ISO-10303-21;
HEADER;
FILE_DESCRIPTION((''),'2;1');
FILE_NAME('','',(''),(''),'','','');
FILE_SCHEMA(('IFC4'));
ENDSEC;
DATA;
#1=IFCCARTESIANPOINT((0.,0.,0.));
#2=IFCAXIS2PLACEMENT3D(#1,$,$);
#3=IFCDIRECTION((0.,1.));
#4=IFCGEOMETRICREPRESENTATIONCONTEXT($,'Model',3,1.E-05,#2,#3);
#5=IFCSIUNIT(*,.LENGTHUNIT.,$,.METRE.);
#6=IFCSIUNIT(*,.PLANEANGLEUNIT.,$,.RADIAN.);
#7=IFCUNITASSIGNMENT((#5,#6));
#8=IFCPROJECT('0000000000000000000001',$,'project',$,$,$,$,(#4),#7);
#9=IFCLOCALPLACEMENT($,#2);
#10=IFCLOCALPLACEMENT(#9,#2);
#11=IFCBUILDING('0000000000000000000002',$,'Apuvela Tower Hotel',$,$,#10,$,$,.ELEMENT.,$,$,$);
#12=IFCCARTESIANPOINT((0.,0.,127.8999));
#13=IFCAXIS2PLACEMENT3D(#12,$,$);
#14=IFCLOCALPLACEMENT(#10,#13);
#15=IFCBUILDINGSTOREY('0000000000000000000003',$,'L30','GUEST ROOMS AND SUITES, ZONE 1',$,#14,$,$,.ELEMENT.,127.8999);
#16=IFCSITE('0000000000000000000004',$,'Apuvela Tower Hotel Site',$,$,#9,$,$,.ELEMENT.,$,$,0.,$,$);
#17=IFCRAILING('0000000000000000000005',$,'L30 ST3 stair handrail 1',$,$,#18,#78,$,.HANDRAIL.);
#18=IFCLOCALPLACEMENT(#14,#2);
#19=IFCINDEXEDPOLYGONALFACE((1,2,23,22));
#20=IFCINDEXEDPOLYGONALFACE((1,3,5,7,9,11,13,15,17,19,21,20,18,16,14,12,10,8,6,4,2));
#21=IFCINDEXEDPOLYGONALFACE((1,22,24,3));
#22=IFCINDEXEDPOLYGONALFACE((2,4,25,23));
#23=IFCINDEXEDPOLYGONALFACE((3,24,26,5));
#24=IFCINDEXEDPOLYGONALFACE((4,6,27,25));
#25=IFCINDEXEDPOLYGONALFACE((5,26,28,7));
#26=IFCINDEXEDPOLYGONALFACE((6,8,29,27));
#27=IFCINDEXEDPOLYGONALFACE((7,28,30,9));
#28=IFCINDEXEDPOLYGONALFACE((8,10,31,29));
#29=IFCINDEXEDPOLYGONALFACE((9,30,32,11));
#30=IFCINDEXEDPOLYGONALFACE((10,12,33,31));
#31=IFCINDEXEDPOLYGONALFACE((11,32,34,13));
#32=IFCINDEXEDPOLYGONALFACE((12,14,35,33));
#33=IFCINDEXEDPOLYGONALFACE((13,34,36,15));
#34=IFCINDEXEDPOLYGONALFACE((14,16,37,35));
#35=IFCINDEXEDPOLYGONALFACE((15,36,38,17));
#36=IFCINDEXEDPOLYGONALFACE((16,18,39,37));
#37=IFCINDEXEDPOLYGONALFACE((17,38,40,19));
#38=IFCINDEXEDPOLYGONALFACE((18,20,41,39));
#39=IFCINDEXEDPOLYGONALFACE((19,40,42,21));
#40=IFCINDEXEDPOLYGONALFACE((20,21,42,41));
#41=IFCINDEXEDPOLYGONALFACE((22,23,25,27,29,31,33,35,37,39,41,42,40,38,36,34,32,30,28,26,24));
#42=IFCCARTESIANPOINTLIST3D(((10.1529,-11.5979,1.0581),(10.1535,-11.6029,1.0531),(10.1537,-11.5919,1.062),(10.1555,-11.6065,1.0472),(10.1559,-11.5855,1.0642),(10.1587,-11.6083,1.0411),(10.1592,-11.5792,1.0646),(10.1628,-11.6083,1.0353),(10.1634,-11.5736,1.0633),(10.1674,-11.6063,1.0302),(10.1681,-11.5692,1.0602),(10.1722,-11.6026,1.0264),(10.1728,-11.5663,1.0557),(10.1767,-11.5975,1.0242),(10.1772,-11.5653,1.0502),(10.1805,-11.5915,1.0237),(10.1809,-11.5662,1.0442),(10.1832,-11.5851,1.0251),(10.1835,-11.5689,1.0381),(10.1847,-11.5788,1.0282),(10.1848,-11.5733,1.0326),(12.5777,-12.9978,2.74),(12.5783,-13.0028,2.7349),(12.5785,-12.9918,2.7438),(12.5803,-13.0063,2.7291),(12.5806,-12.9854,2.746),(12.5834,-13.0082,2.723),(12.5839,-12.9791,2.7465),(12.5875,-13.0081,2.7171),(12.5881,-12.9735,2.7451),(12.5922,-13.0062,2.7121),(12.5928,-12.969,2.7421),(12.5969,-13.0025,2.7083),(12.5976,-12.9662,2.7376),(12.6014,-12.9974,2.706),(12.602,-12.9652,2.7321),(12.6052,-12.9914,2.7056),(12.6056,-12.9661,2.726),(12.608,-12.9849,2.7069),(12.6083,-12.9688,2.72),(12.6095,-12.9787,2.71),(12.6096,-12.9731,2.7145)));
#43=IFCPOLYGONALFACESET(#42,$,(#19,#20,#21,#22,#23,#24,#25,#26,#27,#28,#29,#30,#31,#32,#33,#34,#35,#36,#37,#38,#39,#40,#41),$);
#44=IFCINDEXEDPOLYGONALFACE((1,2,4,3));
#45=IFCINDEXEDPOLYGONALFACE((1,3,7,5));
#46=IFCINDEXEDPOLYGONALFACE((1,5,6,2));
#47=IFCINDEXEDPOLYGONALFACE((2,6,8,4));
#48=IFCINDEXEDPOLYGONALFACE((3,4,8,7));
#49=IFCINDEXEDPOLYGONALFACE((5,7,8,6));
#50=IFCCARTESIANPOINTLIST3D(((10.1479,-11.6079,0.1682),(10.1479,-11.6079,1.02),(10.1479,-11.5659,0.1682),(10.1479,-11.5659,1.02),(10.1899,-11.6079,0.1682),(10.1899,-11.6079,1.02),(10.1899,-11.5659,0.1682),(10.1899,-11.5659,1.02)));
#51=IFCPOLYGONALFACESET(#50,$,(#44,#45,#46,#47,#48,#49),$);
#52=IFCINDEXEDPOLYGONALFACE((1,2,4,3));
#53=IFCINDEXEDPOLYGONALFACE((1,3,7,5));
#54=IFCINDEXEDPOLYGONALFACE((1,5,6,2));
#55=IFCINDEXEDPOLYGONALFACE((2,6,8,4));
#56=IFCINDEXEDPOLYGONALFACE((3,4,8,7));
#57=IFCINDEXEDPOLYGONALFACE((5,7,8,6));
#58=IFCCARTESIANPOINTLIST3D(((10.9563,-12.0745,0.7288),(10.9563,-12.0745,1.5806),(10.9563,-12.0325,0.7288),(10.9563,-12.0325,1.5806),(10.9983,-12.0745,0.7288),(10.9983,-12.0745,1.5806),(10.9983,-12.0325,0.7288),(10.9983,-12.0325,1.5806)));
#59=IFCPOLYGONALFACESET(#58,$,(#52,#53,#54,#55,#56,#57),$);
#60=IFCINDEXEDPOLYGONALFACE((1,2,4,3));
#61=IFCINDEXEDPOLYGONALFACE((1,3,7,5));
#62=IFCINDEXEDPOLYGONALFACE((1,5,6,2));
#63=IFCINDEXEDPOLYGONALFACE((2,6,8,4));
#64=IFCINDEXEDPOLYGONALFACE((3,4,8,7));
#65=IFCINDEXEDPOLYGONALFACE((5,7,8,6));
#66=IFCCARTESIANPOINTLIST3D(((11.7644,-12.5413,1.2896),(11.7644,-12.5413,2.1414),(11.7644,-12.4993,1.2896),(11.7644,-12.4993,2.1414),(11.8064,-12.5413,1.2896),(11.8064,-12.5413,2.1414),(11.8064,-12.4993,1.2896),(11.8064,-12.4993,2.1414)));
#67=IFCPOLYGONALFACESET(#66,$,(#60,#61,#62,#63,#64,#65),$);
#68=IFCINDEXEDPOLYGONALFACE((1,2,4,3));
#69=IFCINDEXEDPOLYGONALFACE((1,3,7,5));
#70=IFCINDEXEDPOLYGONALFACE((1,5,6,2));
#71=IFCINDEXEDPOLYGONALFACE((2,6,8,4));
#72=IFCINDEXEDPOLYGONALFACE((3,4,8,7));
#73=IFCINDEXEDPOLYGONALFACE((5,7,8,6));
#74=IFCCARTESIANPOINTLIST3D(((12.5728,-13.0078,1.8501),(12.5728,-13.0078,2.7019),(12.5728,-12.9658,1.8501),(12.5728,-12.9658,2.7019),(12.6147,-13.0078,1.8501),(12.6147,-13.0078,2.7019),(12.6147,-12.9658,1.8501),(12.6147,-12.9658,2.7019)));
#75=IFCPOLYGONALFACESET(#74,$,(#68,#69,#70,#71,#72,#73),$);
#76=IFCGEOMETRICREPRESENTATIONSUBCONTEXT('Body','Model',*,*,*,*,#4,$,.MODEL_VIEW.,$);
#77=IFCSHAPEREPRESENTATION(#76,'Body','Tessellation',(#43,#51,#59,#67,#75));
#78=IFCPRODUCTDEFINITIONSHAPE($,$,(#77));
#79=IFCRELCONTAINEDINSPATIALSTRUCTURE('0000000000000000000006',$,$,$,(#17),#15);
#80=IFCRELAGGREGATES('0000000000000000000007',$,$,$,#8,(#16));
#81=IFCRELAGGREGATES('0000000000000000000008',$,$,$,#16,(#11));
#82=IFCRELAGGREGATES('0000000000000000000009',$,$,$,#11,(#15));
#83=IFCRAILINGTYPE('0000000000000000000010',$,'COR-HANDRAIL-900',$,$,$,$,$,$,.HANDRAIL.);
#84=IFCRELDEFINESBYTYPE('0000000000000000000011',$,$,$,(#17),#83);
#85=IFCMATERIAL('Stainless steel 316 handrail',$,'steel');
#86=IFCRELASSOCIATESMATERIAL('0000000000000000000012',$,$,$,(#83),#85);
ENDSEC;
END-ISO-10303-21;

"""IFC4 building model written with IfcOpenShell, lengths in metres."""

from ifc_helpers import new_model, si_unit, direction, frame, origin, origin_2d, place, context, subcontext, project, spatial, rectangle, circle, extrude, material, type_object, element, save


model = new_model("IFC4")

# Units and contexts
model_context = context("Model", 3, precision=1e-05, world=origin(), true_north=direction((0.0, 1.0)))
body_context = subcontext(model_context, "Body", "Model", "MODEL_VIEW")
ifc_project = project(units=[si_unit("LENGTHUNIT", "METRE"), si_unit("PLANEANGLEUNIT", "RADIAN")], contexts=[model_context])

# Site, building, storey
site_placement = place(None, origin())
site = spatial("IfcSite", under=ifc_project, at=site_placement, Name="Apuvela Tower Hotel Site", CompositionType="ELEMENT", RefElevation=0.0)
building_placement = place(site_placement, origin())
building = spatial("IfcBuilding", under=site, at=building_placement, Name="Apuvela Tower Hotel", CompositionType="ELEMENT")
storey_placement = place(building_placement, frame((0.0, 0.0, 127.8999)))
storey = spatial("IfcBuildingStorey", under=building, at=storey_placement, Name="L30", Description="GUEST ROOMS AND SUITES, ZONE 1", CompositionType="ELEMENT", Elevation=127.8999)

# Railing
ifc_material_1 = material(Name="Stainless steel 316 handrail", Category="steel")
railing_type_1 = type_object("IfcRailingType", Name="COR-HANDRAIL-900", PredefinedType="HANDRAIL", material=ifc_material_1)
railing_1_placement = place(storey_placement, frame((10.1689, -11.5869, 0.1682)))
element("IfcRailing", 1, at=railing_1_placement, inside=storey, type_object=railing_type_1, Name="L30 ST3 stair handrail 1", PredefinedType="HANDRAIL", context=body_context, shape_type="SweptSolid", body=[
    extrude(circle(Radius=0.0239, at=origin_2d()), frame((0.0, 0.0, 0.876), z_axis=(0.74239, -0.428601, 0.514934), x_axis=(0.499984, 0.866035, 0.0)), (0.0, 0.0, 1.0), 3.2661),
    extrude(rectangle(XDim=0.042, YDim=0.042, at=origin_2d()), origin(), (0.0, 0.0, 1.0), 0.8518),
    extrude(rectangle(XDim=0.042, YDim=0.042, at=origin_2d()), frame((0.8083, -0.4666, 0.5605)), (0.0, 0.0, 1.0), 0.8518),
    extrude(rectangle(XDim=0.042, YDim=0.042, at=origin_2d()), frame((1.6165, -0.9333, 1.1213)), (0.0, 0.0, 1.0), 0.8518),
    extrude(rectangle(XDim=0.042, YDim=0.042, at=origin_2d()), frame((2.4248, -1.3999, 1.6819)), (0.0, 0.0, 1.0), 0.8518),
])

save(model, "model.ifc")
